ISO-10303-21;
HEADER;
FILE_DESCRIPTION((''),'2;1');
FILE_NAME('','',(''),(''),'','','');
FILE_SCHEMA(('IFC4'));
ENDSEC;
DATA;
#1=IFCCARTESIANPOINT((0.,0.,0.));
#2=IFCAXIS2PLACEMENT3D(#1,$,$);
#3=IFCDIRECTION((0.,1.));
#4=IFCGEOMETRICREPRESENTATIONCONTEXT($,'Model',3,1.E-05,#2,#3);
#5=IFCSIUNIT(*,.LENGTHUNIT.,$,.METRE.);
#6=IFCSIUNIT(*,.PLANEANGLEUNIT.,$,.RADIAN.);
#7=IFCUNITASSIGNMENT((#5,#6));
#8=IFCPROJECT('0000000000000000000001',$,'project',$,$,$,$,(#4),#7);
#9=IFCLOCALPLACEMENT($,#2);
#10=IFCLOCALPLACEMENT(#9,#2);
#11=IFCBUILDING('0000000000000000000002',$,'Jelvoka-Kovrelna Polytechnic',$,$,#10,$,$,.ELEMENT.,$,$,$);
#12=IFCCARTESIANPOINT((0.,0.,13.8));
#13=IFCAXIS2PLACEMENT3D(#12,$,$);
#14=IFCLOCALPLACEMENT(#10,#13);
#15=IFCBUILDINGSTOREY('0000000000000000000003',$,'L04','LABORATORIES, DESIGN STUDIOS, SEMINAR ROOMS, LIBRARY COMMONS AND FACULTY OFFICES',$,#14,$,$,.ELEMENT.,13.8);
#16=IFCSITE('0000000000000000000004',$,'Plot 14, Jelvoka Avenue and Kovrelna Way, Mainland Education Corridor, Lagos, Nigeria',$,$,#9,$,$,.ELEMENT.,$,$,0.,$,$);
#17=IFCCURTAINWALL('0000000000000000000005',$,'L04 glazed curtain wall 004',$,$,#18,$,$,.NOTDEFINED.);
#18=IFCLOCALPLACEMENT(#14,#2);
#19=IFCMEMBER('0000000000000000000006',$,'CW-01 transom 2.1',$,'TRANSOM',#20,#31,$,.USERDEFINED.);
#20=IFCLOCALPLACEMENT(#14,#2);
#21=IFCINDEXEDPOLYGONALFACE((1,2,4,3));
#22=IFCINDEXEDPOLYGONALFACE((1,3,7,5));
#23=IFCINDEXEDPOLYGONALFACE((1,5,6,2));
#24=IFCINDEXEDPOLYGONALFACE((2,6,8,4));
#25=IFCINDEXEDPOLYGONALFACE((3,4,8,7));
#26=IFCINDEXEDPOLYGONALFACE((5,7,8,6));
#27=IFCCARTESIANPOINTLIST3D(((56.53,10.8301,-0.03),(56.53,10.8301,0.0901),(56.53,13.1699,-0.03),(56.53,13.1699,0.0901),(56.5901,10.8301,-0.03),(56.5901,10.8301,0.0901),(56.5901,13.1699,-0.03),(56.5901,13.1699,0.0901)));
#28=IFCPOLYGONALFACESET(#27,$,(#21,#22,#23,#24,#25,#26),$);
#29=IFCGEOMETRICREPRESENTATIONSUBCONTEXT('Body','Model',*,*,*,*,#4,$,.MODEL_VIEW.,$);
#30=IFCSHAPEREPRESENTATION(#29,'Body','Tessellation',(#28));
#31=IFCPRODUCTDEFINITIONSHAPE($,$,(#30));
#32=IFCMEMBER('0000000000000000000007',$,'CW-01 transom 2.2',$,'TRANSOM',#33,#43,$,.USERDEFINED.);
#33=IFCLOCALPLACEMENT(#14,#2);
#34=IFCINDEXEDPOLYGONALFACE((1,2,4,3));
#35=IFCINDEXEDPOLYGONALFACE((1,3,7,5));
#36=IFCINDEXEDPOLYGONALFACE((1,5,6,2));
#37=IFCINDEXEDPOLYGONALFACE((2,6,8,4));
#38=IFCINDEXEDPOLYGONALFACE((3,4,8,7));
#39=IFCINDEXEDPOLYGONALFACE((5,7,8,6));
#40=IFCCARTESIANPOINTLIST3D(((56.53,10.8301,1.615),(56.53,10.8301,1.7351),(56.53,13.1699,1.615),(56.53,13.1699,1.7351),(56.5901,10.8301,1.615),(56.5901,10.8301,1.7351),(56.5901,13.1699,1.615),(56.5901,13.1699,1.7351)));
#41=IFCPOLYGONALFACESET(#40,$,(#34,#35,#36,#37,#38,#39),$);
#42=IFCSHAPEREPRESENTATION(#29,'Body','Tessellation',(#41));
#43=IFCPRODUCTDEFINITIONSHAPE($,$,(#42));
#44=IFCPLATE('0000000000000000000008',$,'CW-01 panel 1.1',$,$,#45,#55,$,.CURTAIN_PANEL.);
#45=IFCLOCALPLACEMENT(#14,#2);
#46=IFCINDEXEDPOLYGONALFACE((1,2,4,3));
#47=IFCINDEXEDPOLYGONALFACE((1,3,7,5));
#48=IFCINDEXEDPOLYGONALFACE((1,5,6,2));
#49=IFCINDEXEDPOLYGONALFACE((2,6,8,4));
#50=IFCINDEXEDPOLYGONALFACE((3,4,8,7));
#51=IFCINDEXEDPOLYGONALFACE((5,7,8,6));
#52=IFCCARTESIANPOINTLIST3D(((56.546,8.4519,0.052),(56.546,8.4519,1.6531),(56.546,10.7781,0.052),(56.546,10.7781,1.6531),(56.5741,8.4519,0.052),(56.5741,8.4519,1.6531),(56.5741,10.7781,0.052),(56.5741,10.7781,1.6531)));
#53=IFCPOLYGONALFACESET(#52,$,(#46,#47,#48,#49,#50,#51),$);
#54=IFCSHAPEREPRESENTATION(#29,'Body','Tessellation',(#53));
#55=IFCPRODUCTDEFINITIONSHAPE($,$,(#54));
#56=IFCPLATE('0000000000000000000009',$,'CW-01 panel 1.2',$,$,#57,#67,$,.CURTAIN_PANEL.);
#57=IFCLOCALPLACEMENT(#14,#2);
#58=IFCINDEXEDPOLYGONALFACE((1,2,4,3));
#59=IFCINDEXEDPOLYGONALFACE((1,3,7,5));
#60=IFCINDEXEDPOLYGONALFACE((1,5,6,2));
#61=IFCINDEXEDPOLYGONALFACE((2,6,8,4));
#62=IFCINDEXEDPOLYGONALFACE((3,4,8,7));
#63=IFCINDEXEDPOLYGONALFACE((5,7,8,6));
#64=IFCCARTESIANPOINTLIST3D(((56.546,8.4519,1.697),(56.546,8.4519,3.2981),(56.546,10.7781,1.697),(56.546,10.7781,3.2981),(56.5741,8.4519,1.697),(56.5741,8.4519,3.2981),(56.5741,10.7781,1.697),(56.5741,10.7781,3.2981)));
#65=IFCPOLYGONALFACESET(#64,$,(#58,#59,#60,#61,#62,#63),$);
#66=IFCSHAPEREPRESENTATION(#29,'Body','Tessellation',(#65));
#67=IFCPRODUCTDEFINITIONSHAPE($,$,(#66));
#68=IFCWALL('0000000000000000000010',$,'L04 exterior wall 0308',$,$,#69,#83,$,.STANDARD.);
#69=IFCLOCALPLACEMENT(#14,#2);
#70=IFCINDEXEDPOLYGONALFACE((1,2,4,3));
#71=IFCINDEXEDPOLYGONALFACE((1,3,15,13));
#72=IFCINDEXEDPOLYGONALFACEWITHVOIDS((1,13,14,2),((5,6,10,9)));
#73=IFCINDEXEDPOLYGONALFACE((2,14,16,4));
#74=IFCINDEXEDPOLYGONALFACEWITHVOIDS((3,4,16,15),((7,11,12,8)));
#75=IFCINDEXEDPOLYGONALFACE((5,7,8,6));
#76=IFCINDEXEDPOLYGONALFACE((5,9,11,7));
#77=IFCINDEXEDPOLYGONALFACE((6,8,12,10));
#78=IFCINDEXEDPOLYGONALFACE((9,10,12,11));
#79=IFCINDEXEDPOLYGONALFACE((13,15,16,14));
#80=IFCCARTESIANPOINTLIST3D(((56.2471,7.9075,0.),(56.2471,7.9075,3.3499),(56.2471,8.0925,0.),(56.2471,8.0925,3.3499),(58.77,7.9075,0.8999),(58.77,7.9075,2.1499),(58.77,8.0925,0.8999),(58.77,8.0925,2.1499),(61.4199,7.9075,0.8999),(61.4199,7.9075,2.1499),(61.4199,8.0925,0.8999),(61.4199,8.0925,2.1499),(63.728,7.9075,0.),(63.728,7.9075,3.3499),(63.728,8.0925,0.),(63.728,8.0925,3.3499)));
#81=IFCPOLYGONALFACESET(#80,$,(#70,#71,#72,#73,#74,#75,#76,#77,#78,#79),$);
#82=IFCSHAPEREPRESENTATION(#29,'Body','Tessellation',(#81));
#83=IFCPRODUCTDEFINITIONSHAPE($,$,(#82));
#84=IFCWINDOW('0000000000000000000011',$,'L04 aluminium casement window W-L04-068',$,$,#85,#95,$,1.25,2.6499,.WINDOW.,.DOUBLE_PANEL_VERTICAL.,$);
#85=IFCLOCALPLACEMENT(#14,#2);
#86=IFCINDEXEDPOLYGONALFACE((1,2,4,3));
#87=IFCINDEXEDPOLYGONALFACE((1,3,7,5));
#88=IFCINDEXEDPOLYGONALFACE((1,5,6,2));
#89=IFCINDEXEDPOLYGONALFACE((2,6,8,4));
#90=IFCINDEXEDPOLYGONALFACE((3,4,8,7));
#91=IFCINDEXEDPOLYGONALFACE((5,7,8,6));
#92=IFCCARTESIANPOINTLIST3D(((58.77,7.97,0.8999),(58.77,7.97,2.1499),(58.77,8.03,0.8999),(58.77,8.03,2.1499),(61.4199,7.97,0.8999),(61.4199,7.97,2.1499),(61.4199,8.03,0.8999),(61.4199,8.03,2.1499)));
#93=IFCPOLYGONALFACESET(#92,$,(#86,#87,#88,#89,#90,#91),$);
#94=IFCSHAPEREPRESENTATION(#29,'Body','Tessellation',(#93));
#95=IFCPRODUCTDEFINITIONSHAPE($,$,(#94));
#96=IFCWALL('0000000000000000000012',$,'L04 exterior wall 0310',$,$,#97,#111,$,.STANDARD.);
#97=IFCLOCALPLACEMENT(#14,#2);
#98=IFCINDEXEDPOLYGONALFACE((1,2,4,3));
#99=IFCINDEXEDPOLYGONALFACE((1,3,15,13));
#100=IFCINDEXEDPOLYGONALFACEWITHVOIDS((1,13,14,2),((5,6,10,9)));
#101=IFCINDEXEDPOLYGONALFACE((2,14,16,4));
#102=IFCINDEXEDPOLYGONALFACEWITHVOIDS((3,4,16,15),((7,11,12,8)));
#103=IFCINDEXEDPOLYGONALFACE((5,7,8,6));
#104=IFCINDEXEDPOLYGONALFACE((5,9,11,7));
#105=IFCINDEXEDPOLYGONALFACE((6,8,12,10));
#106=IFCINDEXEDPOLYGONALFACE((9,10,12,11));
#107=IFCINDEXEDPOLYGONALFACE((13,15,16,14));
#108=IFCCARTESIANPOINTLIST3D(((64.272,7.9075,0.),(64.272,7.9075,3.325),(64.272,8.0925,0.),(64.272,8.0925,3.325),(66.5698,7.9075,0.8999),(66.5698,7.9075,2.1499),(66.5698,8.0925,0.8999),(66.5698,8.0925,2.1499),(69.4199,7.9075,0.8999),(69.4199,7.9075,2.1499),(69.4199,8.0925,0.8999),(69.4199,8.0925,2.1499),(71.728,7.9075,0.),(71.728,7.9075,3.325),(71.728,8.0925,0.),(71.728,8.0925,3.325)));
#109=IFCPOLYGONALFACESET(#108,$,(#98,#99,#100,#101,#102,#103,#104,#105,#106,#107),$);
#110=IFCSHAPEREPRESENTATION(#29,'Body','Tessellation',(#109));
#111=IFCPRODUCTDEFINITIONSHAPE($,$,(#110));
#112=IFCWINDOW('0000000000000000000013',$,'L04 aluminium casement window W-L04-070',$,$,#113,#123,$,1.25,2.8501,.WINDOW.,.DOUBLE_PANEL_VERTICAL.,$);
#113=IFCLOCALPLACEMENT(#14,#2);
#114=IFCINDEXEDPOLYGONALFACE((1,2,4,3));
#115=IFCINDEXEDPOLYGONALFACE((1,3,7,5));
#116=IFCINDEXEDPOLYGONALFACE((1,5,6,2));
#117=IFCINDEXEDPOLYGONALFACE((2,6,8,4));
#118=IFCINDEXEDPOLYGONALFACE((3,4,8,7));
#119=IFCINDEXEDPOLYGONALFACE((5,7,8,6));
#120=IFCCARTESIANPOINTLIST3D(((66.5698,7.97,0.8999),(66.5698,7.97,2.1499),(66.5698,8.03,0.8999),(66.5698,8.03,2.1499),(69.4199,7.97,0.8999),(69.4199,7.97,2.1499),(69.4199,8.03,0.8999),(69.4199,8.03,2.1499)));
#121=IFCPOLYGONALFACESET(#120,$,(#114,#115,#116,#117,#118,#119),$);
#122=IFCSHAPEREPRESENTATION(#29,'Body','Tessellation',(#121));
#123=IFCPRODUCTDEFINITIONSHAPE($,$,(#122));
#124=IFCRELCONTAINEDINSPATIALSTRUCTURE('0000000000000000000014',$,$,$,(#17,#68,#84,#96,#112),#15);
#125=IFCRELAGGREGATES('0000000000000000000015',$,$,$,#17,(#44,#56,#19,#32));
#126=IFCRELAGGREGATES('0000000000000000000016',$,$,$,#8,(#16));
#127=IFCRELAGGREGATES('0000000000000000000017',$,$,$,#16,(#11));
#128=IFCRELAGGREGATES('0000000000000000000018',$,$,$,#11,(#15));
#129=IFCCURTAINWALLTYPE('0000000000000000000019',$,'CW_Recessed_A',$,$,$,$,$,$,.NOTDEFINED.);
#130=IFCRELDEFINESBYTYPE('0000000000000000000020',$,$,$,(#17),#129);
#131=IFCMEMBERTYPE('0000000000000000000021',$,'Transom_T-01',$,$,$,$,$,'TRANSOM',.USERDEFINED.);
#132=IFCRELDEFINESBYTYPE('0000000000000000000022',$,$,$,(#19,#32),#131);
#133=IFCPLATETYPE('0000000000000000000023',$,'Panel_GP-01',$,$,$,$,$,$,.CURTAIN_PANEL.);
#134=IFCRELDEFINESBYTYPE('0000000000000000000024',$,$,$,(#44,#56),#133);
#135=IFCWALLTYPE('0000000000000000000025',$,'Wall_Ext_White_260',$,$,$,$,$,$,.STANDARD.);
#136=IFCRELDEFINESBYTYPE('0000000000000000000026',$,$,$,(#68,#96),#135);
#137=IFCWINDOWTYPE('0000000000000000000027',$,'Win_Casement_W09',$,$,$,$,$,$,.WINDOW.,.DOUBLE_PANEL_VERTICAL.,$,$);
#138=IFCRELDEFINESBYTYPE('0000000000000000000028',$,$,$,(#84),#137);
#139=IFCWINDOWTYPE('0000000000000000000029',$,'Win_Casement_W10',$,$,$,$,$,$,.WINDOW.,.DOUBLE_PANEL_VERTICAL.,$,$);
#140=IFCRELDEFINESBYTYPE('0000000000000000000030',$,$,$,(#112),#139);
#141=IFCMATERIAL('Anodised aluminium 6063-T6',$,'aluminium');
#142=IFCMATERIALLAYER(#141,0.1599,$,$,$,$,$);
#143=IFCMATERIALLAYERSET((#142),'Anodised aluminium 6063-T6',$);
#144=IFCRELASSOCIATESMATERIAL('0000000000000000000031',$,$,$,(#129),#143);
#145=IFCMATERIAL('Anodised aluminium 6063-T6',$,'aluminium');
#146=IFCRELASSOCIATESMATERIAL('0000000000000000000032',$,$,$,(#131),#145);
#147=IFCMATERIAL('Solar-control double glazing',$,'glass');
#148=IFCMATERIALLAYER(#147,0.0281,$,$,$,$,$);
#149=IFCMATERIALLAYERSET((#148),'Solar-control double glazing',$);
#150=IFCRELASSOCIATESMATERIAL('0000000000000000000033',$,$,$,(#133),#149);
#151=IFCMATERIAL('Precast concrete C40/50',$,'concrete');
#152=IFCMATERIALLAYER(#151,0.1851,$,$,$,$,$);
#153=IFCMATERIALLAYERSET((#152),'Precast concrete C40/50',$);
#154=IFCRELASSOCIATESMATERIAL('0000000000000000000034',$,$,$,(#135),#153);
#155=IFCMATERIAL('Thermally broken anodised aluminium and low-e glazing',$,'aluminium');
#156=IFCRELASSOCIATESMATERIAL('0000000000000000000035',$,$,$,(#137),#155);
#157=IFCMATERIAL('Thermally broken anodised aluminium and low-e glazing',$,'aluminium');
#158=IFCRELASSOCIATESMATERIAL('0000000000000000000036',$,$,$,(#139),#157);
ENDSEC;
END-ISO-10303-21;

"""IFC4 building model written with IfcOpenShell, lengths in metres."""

from ifc_helpers import new_model, si_unit, direction, frame, frame_2d, origin, origin_2d, place, context, subcontext, project, spatial, rectangle, extrude, material, layer, layer_set, material_profile, profile_set, type_object, element, fill, aggregate, save


model = new_model("IFC4")

# Units and contexts
model_context = context("Model", 3, precision=1e-05, world=origin(), true_north=direction((0.0, 1.0)))
body_context = subcontext(model_context, "Body", "Model", "MODEL_VIEW")
ifc_project = project(units=[si_unit("LENGTHUNIT", "METRE"), si_unit("PLANEANGLEUNIT", "RADIAN")], contexts=[model_context])

# Site, building, storey
site_placement = place(None, origin())
site = spatial("IfcSite", under=ifc_project, at=site_placement, Name="Plot 14, Jelvoka Avenue and Kovrelna Way, Mainland Education Corridor, Lagos, Nigeria", CompositionType="ELEMENT", RefElevation=0.0)
building_placement = place(site_placement, origin())
building = spatial("IfcBuilding", under=site, at=building_placement, Name="Jelvoka-Kovrelna Polytechnic", CompositionType="ELEMENT")
storey_placement = place(building_placement, frame((0.0, 0.0, 13.8)))
storey = spatial("IfcBuildingStorey", under=building, at=storey_placement, Name="L04", Description="LABORATORIES, DESIGN STUDIOS, SEMINAR ROOMS, LIBRARY COMMONS AND FACULTY OFFICES", CompositionType="ELEMENT", Elevation=13.8)

# Curtain wall, members, plates
ifc_material_1 = material(Name="Anodised aluminium 6063-T6", Category="aluminium")
ifc_layer_1 = layer(ifc_material_1, 0.1599)
ifc_layer_set_1 = layer_set([ifc_layer_1], Name="Anodised aluminium 6063-T6")
curtain_wall_type = type_object("IfcCurtainWallType", Name="CW_Recessed_A", PredefinedType="NOTDEFINED", material=ifc_layer_set_1)
curtain_wall_placement = place(storey_placement, origin())
curtain_wall = element("IfcCurtainWall", 1, at=curtain_wall_placement, inside=storey, type_object=curtain_wall_type, Name="L04 glazed curtain wall 004", PredefinedType="NOTDEFINED")
ifc_material_2 = material(Name="Anodised aluminium 6063-T6", Category="aluminium")
ifc_material_profile_1 = material_profile(ifc_material_2, rectangle(XDim=0.0601, YDim=0.1201, at=origin_2d()), Name="ALU 60x120")
ifc_profile_set_1 = profile_set([ifc_material_profile_1], Name="Anodised aluminium 6063-T6")
member_type_1 = type_object("IfcMemberType", Name="Transom_T-01", ElementType="TRANSOM", PredefinedType="USERDEFINED", material=ifc_profile_set_1)
member_1_placement = place(storey_placement, frame((56.5601, 10.8301, 0.03), z_axis=(0.0, 1.0, 0.0), x_axis=(-1.0, 0.0, 0.0)))
member_1 = element("IfcMember", 2, at=member_1_placement, type_object=member_type_1, Name="CW-01 transom 2.1", ObjectType="TRANSOM", PredefinedType="USERDEFINED", context=body_context, shape_type="SweptSolid", body=[
    extrude(rectangle(XDim=0.0601, YDim=0.1201, at=origin_2d()), origin(), (0.0, 0.0, 1.0), 2.3398),
])
member_2_placement = place(storey_placement, frame((56.5601, 10.8301, 1.675), z_axis=(0.0, 1.0, 0.0), x_axis=(-1.0, 0.0, 0.0)))
member_2 = element("IfcMember", 3, at=member_2_placement, type_object=member_type_1, Name="CW-01 transom 2.2", ObjectType="TRANSOM", PredefinedType="USERDEFINED", context=body_context, shape_type="SweptSolid", body=[
    extrude(rectangle(XDim=0.0601, YDim=0.1201, at=origin_2d()), origin(), (0.0, 0.0, 1.0), 2.3398),
])
ifc_material_3 = material(Name="Solar-control double glazing", Category="glass")
ifc_layer_2 = layer(ifc_material_3, 0.0281)
ifc_layer_set_2 = layer_set([ifc_layer_2], Name="Solar-control double glazing")
plate_type = type_object("IfcPlateType", Name="Panel_GP-01", PredefinedType="CURTAIN_PANEL", material=ifc_layer_set_2)
plate_1_placement = place(storey_placement, frame((56.5601, 9.615, 0.052), z_axis=(0.0, 0.0, 1.0), x_axis=(0.0, 1.0, 0.0)))
plate_1 = element("IfcPlate", 4, at=plate_1_placement, type_object=plate_type, Name="CW-01 panel 1.1", PredefinedType="CURTAIN_PANEL", context=body_context, shape_type="SweptSolid", body=[
    extrude(rectangle(XDim=2.3262, YDim=0.0281, at=origin_2d()), origin(), (0.0, 0.0, 1.0), 1.6011),
])
plate_2_placement = place(storey_placement, frame((56.5601, 9.615, 1.697), z_axis=(0.0, 0.0, 1.0), x_axis=(0.0, 1.0, 0.0)))
plate_2 = element("IfcPlate", 5, at=plate_2_placement, type_object=plate_type, Name="CW-01 panel 1.2", PredefinedType="CURTAIN_PANEL", context=body_context, shape_type="SweptSolid", body=[
    extrude(rectangle(XDim=2.3262, YDim=0.0281, at=origin_2d()), origin(), (0.0, 0.0, 1.0), 1.6011),
])
aggregate(curtain_wall, [plate_1, plate_2, member_1, member_2])

# Walls, openings, windows
ifc_material_4 = material(Name="Precast concrete C40/50", Category="concrete")
ifc_layer_3 = layer(ifc_material_4, 0.1851)
ifc_layer_set_3 = layer_set([ifc_layer_3], Name="Precast concrete C40/50")
wall_type = type_object("IfcWallType", Name="Wall_Ext_White_260", PredefinedType="STANDARD", material=ifc_layer_set_3)
wall_1_placement = place(storey_placement, frame((63.728, 8.0, 0.0), z_axis=(0.0, 0.0, 1.0), x_axis=(-1.0, 0.0, 0.0)))
wall_1 = element("IfcWall", 6, at=wall_1_placement, inside=storey, type_object=wall_type, Name="L04 exterior wall 0308", PredefinedType="STANDARD", context=body_context, shape_type="SweptSolid", body=[
    extrude(rectangle(XDim=7.481, YDim=0.1851, at=frame_2d((3.7405, 0.0))), origin(), (0.0, 0.0, 1.0), 3.3499),
])
opening_1_placement = place(wall_1_placement, frame((2.3081, 0.0, 0.8999)))
opening_1 = element("IfcOpeningElement", 7, at=opening_1_placement, cuts=wall_1, PredefinedType="OPENING", context=body_context, shape_type="SweptSolid", body=[
    extrude(rectangle(XDim=2.6499, YDim=1.25, at=frame_2d((1.325, 0.625))), frame((0.0, 0.1025, 0.0), z_axis=(0.0, -1.0, 0.0), x_axis=(1.0, 0.0, 0.0)), (0.0, 0.0, 1.0), 0.2051),
])
ifc_material_5 = material(Name="Thermally broken anodised aluminium and low-e glazing", Category="aluminium")
window_type_1 = type_object("IfcWindowType", Name="Win_Casement_W09", PartitioningType="DOUBLE_PANEL_VERTICAL", PredefinedType="WINDOW", material=ifc_material_5)
window_1_placement = place(opening_1_placement, origin())
window_1 = element("IfcWindow", 8, at=window_1_placement, inside=storey, type_object=window_type_1, Name="L04 aluminium casement window W-L04-068", OverallHeight=1.25, OverallWidth=2.6499, PartitioningType="DOUBLE_PANEL_VERTICAL", PredefinedType="WINDOW", context=body_context, shape_type="SweptSolid", body=[
    extrude(rectangle(XDim=2.6499, YDim=1.25, at=frame_2d((1.325, 0.625))), frame((0.0, 0.03, 0.0), z_axis=(0.0, -1.0, 0.0), x_axis=(1.0, 0.0, 0.0)), (0.0, 0.0, 1.0), 0.0601),
])
fill(opening_1, window_1)
wall_2_placement = place(storey_placement, frame((71.728, 8.0, 0.0), z_axis=(0.0, 0.0, 1.0), x_axis=(-1.0, 0.0, 0.0)))
wall_2 = element("IfcWall", 9, at=wall_2_placement, inside=storey, type_object=wall_type, Name="L04 exterior wall 0310", PredefinedType="STANDARD", context=body_context, shape_type="SweptSolid", body=[
    extrude(rectangle(XDim=7.4561, YDim=0.1851, at=frame_2d((3.728, 0.0))), origin(), (0.0, 0.0, 1.0), 3.325),
])
opening_2_placement = place(wall_2_placement, frame((2.3081, 0.0, 0.8999)))
opening_2 = element("IfcOpeningElement", 10, at=opening_2_placement, cuts=wall_2, PredefinedType="OPENING", context=body_context, shape_type="SweptSolid", body=[
    extrude(rectangle(XDim=2.8501, YDim=1.25, at=frame_2d((1.425, 0.625))), frame((0.0, 0.1025, 0.0), z_axis=(0.0, -1.0, 0.0), x_axis=(1.0, 0.0, 0.0)), (0.0, 0.0, 1.0), 0.2051),
])
ifc_material_6 = material(Name="Thermally broken anodised aluminium and low-e glazing", Category="aluminium")
window_type_2 = type_object("IfcWindowType", Name="Win_Casement_W10", PartitioningType="DOUBLE_PANEL_VERTICAL", PredefinedType="WINDOW", material=ifc_material_6)
window_2_placement = place(opening_2_placement, origin())
window_2 = element("IfcWindow", 11, at=window_2_placement, inside=storey, type_object=window_type_2, Name="L04 aluminium casement window W-L04-070", OverallHeight=1.25, OverallWidth=2.8501, PartitioningType="DOUBLE_PANEL_VERTICAL", PredefinedType="WINDOW", context=body_context, shape_type="SweptSolid", body=[
    extrude(rectangle(XDim=2.8501, YDim=1.25, at=frame_2d((1.425, 0.625))), frame((0.0, 0.03, 0.0), z_axis=(0.0, -1.0, 0.0), x_axis=(1.0, 0.0, 0.0)), (0.0, 0.0, 1.0), 0.0601),
])
fill(opening_2, window_2)

save(model, "model.ifc")
